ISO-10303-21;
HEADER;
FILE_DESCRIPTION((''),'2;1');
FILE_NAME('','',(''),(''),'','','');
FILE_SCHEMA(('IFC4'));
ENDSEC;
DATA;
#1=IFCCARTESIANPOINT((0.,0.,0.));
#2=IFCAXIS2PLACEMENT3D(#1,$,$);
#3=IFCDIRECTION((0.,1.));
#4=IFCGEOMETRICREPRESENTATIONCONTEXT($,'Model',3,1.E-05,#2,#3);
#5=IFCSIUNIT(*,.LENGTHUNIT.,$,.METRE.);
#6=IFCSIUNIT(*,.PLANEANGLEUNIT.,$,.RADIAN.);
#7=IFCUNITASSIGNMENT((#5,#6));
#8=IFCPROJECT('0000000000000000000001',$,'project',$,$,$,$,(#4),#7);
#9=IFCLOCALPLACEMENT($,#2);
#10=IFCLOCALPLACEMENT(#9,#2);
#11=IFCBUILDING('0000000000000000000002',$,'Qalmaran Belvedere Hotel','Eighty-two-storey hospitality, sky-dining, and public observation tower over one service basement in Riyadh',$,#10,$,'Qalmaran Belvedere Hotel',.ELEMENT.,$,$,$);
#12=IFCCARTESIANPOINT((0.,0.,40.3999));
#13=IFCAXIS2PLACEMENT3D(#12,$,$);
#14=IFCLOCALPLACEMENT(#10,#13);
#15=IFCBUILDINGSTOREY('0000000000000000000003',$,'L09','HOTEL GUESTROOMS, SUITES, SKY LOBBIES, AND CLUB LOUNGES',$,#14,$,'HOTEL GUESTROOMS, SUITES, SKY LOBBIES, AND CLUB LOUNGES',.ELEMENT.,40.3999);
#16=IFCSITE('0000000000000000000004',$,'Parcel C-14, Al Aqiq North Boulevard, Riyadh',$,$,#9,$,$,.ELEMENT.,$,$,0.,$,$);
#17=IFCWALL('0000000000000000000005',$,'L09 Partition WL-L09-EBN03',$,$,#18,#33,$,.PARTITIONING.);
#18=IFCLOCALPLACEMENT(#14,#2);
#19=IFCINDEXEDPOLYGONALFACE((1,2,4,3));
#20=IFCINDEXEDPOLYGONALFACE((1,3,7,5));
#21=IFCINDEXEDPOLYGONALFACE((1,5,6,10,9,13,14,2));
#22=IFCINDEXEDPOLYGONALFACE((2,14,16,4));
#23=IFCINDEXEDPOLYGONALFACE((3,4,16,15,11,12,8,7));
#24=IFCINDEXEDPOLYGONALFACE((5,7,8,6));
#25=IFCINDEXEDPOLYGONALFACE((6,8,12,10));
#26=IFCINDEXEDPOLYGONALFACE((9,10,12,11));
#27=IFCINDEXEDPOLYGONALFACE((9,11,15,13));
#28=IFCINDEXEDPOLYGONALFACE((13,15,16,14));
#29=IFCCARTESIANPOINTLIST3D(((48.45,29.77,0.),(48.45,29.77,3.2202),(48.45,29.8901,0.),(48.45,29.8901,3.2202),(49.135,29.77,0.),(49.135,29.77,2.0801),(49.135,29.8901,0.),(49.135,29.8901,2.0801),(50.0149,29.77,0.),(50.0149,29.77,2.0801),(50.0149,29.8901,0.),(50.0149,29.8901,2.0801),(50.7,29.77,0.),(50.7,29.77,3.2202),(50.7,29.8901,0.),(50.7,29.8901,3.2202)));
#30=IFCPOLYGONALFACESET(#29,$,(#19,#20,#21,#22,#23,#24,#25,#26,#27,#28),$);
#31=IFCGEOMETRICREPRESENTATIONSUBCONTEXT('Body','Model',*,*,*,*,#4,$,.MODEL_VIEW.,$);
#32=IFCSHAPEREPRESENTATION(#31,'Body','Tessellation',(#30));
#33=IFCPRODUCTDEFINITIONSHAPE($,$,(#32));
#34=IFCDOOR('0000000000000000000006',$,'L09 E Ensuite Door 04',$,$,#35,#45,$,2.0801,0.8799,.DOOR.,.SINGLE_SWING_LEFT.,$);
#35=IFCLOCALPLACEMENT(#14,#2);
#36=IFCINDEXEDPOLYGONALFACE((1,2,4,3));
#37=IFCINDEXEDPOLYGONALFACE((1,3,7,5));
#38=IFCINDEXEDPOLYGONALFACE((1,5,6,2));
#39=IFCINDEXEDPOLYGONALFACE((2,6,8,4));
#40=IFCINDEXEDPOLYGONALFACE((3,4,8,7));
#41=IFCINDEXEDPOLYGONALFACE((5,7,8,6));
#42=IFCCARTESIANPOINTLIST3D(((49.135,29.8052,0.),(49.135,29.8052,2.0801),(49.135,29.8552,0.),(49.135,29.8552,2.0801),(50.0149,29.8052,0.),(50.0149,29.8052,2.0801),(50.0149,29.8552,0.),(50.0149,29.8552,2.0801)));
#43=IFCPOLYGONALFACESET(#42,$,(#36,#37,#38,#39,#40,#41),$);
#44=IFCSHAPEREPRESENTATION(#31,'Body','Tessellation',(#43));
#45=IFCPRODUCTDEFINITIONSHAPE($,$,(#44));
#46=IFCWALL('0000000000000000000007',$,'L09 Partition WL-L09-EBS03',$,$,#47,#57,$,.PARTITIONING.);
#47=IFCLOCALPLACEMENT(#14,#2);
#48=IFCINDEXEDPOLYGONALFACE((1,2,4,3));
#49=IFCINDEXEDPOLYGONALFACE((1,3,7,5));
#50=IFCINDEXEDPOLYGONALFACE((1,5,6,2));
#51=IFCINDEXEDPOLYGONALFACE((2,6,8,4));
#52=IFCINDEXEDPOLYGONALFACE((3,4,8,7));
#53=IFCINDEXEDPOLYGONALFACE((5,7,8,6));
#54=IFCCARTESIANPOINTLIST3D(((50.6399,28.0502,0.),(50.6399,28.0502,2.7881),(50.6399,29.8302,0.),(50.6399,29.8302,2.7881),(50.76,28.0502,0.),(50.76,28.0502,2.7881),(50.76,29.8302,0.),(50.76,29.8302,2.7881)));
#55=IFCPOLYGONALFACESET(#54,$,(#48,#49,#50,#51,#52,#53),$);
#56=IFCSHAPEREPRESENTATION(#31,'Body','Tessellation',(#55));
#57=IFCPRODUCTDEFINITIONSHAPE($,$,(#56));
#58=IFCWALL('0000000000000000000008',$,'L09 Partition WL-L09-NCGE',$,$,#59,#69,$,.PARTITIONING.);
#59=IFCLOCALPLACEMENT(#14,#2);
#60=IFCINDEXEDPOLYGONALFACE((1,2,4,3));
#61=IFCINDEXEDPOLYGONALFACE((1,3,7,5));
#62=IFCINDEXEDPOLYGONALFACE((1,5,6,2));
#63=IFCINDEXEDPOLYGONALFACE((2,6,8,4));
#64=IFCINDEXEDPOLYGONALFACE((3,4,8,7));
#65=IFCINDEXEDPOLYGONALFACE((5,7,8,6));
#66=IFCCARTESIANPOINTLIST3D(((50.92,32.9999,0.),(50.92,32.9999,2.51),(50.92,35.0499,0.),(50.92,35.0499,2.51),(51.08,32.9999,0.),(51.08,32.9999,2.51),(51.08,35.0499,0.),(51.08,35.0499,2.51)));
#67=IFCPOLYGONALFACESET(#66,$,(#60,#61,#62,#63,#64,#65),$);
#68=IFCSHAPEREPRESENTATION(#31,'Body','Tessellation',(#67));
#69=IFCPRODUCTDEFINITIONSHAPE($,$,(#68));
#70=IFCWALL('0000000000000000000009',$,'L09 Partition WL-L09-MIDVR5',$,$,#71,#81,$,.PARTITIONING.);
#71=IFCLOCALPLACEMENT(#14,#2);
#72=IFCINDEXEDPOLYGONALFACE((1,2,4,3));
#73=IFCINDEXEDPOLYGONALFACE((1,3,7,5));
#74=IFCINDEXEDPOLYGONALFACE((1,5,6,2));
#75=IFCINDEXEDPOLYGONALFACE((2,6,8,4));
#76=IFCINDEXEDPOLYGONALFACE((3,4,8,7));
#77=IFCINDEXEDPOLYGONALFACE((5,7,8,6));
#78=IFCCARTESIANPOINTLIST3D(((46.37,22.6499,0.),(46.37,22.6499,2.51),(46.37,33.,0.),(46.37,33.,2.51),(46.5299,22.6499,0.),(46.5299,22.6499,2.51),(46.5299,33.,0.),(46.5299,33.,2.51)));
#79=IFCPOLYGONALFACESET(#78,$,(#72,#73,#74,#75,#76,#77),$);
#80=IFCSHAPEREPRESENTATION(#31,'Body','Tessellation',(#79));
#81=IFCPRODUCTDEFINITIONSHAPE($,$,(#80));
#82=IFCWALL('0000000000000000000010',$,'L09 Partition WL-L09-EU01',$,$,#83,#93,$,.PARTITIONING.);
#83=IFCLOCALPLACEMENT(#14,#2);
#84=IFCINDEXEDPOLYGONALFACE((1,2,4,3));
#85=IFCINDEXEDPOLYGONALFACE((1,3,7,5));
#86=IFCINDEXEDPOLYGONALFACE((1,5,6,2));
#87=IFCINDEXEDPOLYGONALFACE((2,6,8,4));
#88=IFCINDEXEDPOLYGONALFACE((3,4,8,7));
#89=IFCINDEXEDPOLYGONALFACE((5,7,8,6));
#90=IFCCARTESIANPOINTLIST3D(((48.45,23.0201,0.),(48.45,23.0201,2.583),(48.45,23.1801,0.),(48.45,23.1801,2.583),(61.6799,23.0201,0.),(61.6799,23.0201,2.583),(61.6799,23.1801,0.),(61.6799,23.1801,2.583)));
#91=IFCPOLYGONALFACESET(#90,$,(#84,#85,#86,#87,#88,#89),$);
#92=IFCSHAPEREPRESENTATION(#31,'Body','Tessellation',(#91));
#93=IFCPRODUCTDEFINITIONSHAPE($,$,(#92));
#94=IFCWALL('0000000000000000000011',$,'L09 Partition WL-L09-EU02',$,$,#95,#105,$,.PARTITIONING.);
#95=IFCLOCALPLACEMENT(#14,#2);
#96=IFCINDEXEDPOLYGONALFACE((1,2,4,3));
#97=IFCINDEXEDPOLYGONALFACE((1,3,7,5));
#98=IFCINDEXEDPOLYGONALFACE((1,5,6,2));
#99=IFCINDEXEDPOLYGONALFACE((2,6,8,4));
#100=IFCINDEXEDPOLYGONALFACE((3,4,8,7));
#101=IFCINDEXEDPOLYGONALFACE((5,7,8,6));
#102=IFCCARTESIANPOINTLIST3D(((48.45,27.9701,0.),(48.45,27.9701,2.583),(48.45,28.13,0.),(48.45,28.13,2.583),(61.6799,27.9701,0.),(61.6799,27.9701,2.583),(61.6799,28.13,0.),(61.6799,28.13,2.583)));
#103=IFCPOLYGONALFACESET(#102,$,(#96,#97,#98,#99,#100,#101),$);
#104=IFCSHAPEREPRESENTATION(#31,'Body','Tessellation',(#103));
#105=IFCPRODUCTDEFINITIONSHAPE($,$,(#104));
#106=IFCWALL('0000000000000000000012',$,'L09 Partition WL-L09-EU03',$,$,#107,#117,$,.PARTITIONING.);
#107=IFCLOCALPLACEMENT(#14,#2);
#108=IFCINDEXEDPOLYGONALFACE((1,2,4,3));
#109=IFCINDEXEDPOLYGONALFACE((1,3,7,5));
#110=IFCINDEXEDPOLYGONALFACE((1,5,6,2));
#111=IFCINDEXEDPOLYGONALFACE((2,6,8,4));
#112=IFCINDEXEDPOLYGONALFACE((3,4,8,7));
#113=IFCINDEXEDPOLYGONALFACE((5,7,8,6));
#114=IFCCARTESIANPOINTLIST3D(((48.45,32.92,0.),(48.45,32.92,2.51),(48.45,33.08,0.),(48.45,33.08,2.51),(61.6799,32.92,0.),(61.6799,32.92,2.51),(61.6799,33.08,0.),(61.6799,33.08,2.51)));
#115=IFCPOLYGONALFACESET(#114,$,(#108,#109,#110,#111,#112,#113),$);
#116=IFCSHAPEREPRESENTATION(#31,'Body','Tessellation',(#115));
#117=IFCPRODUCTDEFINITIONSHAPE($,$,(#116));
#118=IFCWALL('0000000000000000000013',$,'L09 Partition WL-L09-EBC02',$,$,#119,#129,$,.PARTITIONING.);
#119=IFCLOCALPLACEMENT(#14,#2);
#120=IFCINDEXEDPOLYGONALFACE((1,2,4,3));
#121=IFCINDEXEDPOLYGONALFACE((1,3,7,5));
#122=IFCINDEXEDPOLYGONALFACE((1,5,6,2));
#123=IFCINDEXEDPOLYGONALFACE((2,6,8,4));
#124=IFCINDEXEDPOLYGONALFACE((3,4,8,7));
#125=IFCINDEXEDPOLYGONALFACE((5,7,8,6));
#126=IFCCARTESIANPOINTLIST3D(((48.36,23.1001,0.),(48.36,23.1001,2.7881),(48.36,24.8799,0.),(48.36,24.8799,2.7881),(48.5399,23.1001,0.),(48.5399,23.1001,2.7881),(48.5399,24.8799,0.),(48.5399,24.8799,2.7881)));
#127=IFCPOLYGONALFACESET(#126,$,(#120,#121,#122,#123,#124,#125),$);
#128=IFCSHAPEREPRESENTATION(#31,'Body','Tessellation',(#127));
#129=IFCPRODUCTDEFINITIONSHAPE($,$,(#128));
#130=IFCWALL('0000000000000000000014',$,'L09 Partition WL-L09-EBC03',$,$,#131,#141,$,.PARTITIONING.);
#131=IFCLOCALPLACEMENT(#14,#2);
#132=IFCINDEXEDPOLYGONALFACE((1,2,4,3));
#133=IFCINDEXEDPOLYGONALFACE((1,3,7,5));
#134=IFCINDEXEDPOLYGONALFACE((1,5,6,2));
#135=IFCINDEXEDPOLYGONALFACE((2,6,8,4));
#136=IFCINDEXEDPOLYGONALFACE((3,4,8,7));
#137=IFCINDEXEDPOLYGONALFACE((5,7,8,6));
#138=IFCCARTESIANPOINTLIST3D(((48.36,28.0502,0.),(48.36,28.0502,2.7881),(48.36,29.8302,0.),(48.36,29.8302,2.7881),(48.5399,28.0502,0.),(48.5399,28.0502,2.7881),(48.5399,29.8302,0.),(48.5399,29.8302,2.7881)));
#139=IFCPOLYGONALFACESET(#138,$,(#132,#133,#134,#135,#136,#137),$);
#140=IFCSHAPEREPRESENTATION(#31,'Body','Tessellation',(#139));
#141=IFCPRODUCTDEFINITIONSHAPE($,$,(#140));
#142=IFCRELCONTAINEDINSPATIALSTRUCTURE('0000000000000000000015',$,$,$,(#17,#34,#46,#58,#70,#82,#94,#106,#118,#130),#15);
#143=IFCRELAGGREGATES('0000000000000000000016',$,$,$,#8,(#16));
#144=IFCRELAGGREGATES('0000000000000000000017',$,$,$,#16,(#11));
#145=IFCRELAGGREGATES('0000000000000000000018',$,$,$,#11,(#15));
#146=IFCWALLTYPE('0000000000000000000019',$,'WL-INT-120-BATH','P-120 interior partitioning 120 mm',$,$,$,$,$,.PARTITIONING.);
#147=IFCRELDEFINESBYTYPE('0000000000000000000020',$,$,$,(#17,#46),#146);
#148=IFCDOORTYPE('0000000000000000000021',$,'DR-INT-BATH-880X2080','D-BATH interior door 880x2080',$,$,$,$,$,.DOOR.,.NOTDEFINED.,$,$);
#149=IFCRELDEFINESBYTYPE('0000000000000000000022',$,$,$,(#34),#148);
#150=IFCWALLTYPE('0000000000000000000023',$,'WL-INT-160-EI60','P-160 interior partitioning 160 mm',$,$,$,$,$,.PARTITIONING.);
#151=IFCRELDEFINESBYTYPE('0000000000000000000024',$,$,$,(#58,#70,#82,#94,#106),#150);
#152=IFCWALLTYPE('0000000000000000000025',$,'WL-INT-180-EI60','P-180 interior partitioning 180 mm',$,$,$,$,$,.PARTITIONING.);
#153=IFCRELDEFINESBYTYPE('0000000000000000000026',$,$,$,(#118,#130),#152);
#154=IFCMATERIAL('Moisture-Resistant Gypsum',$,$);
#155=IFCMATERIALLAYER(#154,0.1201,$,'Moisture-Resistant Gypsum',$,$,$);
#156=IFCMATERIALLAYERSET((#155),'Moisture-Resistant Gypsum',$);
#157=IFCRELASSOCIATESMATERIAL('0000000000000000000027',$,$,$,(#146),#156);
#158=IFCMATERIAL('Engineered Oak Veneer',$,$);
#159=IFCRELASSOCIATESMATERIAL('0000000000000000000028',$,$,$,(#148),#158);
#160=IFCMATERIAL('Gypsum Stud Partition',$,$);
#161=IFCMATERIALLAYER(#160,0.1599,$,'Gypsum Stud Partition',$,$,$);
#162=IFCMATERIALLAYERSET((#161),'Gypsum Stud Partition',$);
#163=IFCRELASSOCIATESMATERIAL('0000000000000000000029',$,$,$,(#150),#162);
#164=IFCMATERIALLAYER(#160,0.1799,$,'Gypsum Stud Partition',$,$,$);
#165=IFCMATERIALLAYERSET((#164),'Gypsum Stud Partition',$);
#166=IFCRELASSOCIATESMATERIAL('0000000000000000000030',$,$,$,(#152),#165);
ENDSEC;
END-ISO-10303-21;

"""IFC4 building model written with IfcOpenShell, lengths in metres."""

from ifc_helpers import new_model, si_unit, direction, frame, frame_2d, origin, place, context, subcontext, project, spatial, rectangle, extrude, material, layer, layer_set, type_object, element, fill, save


model = new_model("IFC4")

# Units and contexts
model_context = context("Model", 3, precision=1e-05, world=origin(), true_north=direction((0.0, 1.0)))
body_context = subcontext(model_context, "Body", "Model", "MODEL_VIEW")
ifc_project = project(units=[si_unit("LENGTHUNIT", "METRE"), si_unit("PLANEANGLEUNIT", "RADIAN")], contexts=[model_context])

# Site, building, storey
site_placement = place(None, origin())
site = spatial("IfcSite", under=ifc_project, at=site_placement, Name="Parcel C-14, Al Aqiq North Boulevard, Riyadh", CompositionType="ELEMENT", RefElevation=0.0)
building_placement = place(site_placement, origin())
building = spatial("IfcBuilding", under=site, at=building_placement, Name="Qalmaran Belvedere Hotel", Description="Eighty-two-storey hospitality, sky-dining, and public observation tower over one service basement in Riyadh", LongName="Qalmaran Belvedere Hotel", CompositionType="ELEMENT")
storey_placement = place(building_placement, frame((0.0, 0.0, 40.3999)))
storey = spatial("IfcBuildingStorey", under=building, at=storey_placement, Name="L09", Description="HOTEL GUESTROOMS, SUITES, SKY LOBBIES, AND CLUB LOUNGES", LongName="HOTEL GUESTROOMS, SUITES, SKY LOBBIES, AND CLUB LOUNGES", CompositionType="ELEMENT", Elevation=40.3999)

# Shared definitions
ifc_material_1 = material(Name="Moisture-Resistant Gypsum")
ifc_layer_1 = layer(ifc_material_1, 0.1201, Name="Moisture-Resistant Gypsum")
ifc_layer_set_1 = layer_set([ifc_layer_1], Name="Moisture-Resistant Gypsum")
wall_type_1 = type_object("IfcWallType", Name="WL-INT-120-BATH", Description="P-120 interior partitioning 120 mm", PredefinedType="PARTITIONING", material=ifc_layer_set_1)
ifc_material_2 = material(Name="Engineered Oak Veneer")
door_type_1 = type_object("IfcDoorType", Name="DR-INT-BATH-880X2080", Description="D-BATH interior door 880x2080", OperationType="NOTDEFINED", PredefinedType="DOOR", material=ifc_material_2)

# Wall, opening, door
wall_1_placement = place(storey_placement, frame((48.45, 29.8301, 0.0), z_axis=(0.0, 0.0, 1.0), x_axis=(1.0, 0.0, 0.0)))
wall_1 = element("IfcWall", 1, at=wall_1_placement, inside=storey, type_object=wall_type_1, Name="L09 Partition WL-L09-EBN03", PredefinedType="PARTITIONING", context=body_context, shape_type="SweptSolid", body=[
    extrude(rectangle(XDim=2.25, YDim=0.1201, at=frame_2d((1.125, 0.0))), origin(), (0.0, 0.0, 1.0), 3.2202),
])
opening_1_placement = place(wall_1_placement, frame((1.5649, 0.0, 0.0), z_axis=(0.0, 0.0, 1.0), x_axis=(-1.0, 0.0, 0.0)))
opening_1 = element("IfcOpeningElement", 2, at=opening_1_placement, cuts=wall_1, PredefinedType="OPENING", context=body_context, shape_type="SweptSolid", body=[
    extrude(rectangle(XDim=0.8799, YDim=2.0801, at=frame_2d((0.4399, 1.04))), frame((0.0, 0.0701, 0.0), z_axis=(0.0, -1.0, 0.0), x_axis=(1.0, 0.0, 0.0)), (0.0, 0.0, 1.0), 0.1401),
])
door_1_placement = place(opening_1_placement, origin())
door_1 = element("IfcDoor", 3, at=door_1_placement, inside=storey, type_object=door_type_1, Name="L09 E Ensuite Door 04", OperationType="SINGLE_SWING_LEFT", OverallHeight=2.0801, OverallWidth=0.8799, PredefinedType="DOOR", context=body_context, shape_type="SweptSolid", body=[
    extrude(rectangle(XDim=0.8799, YDim=2.0801, at=frame_2d((0.4399, 1.04))), frame((0.0, 0.0249, 0.0), z_axis=(0.0, -1.0, 0.0), x_axis=(1.0, 0.0, 0.0)), (0.0, 0.0, 1.0), 0.05),
])
fill(opening_1, door_1)

# Wall
wall_2_placement = place(storey_placement, frame((50.7, 28.05, 0.0), z_axis=(0.0, 0.0, 1.0), x_axis=(0.0, 1.0, 0.0)))
element("IfcWall", 4, at=wall_2_placement, inside=storey, type_object=wall_type_1, Name="L09 Partition WL-L09-EBS03", PredefinedType="PARTITIONING", context=body_context, shape_type="SweptSolid", body=[
    extrude(rectangle(XDim=1.78, YDim=0.1201, at=frame_2d((0.8901, 0.0))), origin(), (0.0, 0.0, 1.0), 2.7881),
])

# Shared definitions
ifc_material_3 = material(Name="Gypsum Stud Partition")

# Walls
ifc_layer_2 = layer(ifc_material_3, 0.1599, Name="Gypsum Stud Partition")
ifc_layer_set_2 = layer_set([ifc_layer_2], Name="Gypsum Stud Partition")
wall_type_2 = type_object("IfcWallType", Name="WL-INT-160-EI60", Description="P-160 interior partitioning 160 mm", PredefinedType="PARTITIONING", material=ifc_layer_set_2)
wall_3_placement = place(storey_placement, frame((51.0, 33.0, 0.0), z_axis=(0.0, 0.0, 1.0), x_axis=(0.0, 1.0, 0.0)))
element("IfcWall", 5, at=wall_3_placement, inside=storey, type_object=wall_type_2, Name="L09 Partition WL-L09-NCGE", PredefinedType="PARTITIONING", context=body_context, shape_type="SweptSolid", body=[
    extrude(rectangle(XDim=2.05, YDim=0.1599, at=frame_2d((1.0249, 0.0))), origin(), (0.0, 0.0, 1.0), 2.51),
])
wall_4_placement = place(storey_placement, frame((46.45, 22.6499, 0.0), z_axis=(0.0, 0.0, 1.0), x_axis=(0.0, 1.0, 0.0)))
element("IfcWall", 6, at=wall_4_placement, inside=storey, type_object=wall_type_2, Name="L09 Partition WL-L09-MIDVR5", PredefinedType="PARTITIONING", context=body_context, shape_type="SweptSolid", body=[
    extrude(rectangle(XDim=10.3501, YDim=0.1599, at=frame_2d((5.175, 0.0))), origin(), (0.0, 0.0, 1.0), 2.51),
])
for number, where, z_axis, x_axis, name in (
    (7, (48.45, 23.1001, 0.0), (0.0, 0.0, 1.0), (1.0, 0.0, 0.0), "L09 Partition WL-L09-EU01"),
    (8, (48.45, 28.05, 0.0), (0.0, 0.0, 1.0), (1.0, 0.0, 0.0), "L09 Partition WL-L09-EU02"),
):
    element("IfcWall", number, at=place(storey_placement, frame(where, z_axis=z_axis, x_axis=x_axis)), inside=storey, type_object=wall_type_2, Name=name, PredefinedType="PARTITIONING", context=body_context, shape_type="SweptSolid", body=[
        extrude(rectangle(XDim=13.23, YDim=0.1599, at=frame_2d((6.615, 0.0))), origin(), (0.0, 0.0, 1.0), 2.583),
    ])
wall_5_placement = place(storey_placement, frame((48.45, 33.0, 0.0), z_axis=(0.0, 0.0, 1.0), x_axis=(1.0, 0.0, 0.0)))
element("IfcWall", 9, at=wall_5_placement, inside=storey, type_object=wall_type_2, Name="L09 Partition WL-L09-EU03", PredefinedType="PARTITIONING", context=body_context, shape_type="SweptSolid", body=[
    extrude(rectangle(XDim=13.23, YDim=0.1599, at=frame_2d((6.615, 0.0))), origin(), (0.0, 0.0, 1.0), 2.51),
])
ifc_layer_3 = layer(ifc_material_3, 0.1799, Name="Gypsum Stud Partition")
ifc_layer_set_3 = layer_set([ifc_layer_3], Name="Gypsum Stud Partition")
wall_type_3 = type_object("IfcWallType", Name="WL-INT-180-EI60", Description="P-180 interior partitioning 180 mm", PredefinedType="PARTITIONING", material=ifc_layer_set_3)
wall_6_placement = place(storey_placement, frame((48.45, 23.1001, 0.0), z_axis=(0.0, 0.0, 1.0), x_axis=(0.0, 1.0, 0.0)))
element("IfcWall", 10, at=wall_6_placement, inside=storey, type_object=wall_type_3, Name="L09 Partition WL-L09-EBC02", PredefinedType="PARTITIONING", context=body_context, shape_type="SweptSolid", body=[
    extrude(rectangle(XDim=1.7798, YDim=0.1799, at=frame_2d((0.8899, 0.0))), origin(), (0.0, 0.0, 1.0), 2.7881),
])

# Wall
wall_7_placement = place(storey_placement, frame((48.45, 28.05, 0.0), z_axis=(0.0, 0.0, 1.0), x_axis=(0.0, 1.0, 0.0)))
element("IfcWall", 11, at=wall_7_placement, inside=storey, type_object=wall_type_3, Name="L09 Partition WL-L09-EBC03", PredefinedType="PARTITIONING", context=body_context, shape_type="SweptSolid", body=[
    extrude(rectangle(XDim=1.78, YDim=0.1799, at=frame_2d((0.8901, 0.0))), origin(), (0.0, 0.0, 1.0), 2.7881),
])

save(model, "model.ifc")
